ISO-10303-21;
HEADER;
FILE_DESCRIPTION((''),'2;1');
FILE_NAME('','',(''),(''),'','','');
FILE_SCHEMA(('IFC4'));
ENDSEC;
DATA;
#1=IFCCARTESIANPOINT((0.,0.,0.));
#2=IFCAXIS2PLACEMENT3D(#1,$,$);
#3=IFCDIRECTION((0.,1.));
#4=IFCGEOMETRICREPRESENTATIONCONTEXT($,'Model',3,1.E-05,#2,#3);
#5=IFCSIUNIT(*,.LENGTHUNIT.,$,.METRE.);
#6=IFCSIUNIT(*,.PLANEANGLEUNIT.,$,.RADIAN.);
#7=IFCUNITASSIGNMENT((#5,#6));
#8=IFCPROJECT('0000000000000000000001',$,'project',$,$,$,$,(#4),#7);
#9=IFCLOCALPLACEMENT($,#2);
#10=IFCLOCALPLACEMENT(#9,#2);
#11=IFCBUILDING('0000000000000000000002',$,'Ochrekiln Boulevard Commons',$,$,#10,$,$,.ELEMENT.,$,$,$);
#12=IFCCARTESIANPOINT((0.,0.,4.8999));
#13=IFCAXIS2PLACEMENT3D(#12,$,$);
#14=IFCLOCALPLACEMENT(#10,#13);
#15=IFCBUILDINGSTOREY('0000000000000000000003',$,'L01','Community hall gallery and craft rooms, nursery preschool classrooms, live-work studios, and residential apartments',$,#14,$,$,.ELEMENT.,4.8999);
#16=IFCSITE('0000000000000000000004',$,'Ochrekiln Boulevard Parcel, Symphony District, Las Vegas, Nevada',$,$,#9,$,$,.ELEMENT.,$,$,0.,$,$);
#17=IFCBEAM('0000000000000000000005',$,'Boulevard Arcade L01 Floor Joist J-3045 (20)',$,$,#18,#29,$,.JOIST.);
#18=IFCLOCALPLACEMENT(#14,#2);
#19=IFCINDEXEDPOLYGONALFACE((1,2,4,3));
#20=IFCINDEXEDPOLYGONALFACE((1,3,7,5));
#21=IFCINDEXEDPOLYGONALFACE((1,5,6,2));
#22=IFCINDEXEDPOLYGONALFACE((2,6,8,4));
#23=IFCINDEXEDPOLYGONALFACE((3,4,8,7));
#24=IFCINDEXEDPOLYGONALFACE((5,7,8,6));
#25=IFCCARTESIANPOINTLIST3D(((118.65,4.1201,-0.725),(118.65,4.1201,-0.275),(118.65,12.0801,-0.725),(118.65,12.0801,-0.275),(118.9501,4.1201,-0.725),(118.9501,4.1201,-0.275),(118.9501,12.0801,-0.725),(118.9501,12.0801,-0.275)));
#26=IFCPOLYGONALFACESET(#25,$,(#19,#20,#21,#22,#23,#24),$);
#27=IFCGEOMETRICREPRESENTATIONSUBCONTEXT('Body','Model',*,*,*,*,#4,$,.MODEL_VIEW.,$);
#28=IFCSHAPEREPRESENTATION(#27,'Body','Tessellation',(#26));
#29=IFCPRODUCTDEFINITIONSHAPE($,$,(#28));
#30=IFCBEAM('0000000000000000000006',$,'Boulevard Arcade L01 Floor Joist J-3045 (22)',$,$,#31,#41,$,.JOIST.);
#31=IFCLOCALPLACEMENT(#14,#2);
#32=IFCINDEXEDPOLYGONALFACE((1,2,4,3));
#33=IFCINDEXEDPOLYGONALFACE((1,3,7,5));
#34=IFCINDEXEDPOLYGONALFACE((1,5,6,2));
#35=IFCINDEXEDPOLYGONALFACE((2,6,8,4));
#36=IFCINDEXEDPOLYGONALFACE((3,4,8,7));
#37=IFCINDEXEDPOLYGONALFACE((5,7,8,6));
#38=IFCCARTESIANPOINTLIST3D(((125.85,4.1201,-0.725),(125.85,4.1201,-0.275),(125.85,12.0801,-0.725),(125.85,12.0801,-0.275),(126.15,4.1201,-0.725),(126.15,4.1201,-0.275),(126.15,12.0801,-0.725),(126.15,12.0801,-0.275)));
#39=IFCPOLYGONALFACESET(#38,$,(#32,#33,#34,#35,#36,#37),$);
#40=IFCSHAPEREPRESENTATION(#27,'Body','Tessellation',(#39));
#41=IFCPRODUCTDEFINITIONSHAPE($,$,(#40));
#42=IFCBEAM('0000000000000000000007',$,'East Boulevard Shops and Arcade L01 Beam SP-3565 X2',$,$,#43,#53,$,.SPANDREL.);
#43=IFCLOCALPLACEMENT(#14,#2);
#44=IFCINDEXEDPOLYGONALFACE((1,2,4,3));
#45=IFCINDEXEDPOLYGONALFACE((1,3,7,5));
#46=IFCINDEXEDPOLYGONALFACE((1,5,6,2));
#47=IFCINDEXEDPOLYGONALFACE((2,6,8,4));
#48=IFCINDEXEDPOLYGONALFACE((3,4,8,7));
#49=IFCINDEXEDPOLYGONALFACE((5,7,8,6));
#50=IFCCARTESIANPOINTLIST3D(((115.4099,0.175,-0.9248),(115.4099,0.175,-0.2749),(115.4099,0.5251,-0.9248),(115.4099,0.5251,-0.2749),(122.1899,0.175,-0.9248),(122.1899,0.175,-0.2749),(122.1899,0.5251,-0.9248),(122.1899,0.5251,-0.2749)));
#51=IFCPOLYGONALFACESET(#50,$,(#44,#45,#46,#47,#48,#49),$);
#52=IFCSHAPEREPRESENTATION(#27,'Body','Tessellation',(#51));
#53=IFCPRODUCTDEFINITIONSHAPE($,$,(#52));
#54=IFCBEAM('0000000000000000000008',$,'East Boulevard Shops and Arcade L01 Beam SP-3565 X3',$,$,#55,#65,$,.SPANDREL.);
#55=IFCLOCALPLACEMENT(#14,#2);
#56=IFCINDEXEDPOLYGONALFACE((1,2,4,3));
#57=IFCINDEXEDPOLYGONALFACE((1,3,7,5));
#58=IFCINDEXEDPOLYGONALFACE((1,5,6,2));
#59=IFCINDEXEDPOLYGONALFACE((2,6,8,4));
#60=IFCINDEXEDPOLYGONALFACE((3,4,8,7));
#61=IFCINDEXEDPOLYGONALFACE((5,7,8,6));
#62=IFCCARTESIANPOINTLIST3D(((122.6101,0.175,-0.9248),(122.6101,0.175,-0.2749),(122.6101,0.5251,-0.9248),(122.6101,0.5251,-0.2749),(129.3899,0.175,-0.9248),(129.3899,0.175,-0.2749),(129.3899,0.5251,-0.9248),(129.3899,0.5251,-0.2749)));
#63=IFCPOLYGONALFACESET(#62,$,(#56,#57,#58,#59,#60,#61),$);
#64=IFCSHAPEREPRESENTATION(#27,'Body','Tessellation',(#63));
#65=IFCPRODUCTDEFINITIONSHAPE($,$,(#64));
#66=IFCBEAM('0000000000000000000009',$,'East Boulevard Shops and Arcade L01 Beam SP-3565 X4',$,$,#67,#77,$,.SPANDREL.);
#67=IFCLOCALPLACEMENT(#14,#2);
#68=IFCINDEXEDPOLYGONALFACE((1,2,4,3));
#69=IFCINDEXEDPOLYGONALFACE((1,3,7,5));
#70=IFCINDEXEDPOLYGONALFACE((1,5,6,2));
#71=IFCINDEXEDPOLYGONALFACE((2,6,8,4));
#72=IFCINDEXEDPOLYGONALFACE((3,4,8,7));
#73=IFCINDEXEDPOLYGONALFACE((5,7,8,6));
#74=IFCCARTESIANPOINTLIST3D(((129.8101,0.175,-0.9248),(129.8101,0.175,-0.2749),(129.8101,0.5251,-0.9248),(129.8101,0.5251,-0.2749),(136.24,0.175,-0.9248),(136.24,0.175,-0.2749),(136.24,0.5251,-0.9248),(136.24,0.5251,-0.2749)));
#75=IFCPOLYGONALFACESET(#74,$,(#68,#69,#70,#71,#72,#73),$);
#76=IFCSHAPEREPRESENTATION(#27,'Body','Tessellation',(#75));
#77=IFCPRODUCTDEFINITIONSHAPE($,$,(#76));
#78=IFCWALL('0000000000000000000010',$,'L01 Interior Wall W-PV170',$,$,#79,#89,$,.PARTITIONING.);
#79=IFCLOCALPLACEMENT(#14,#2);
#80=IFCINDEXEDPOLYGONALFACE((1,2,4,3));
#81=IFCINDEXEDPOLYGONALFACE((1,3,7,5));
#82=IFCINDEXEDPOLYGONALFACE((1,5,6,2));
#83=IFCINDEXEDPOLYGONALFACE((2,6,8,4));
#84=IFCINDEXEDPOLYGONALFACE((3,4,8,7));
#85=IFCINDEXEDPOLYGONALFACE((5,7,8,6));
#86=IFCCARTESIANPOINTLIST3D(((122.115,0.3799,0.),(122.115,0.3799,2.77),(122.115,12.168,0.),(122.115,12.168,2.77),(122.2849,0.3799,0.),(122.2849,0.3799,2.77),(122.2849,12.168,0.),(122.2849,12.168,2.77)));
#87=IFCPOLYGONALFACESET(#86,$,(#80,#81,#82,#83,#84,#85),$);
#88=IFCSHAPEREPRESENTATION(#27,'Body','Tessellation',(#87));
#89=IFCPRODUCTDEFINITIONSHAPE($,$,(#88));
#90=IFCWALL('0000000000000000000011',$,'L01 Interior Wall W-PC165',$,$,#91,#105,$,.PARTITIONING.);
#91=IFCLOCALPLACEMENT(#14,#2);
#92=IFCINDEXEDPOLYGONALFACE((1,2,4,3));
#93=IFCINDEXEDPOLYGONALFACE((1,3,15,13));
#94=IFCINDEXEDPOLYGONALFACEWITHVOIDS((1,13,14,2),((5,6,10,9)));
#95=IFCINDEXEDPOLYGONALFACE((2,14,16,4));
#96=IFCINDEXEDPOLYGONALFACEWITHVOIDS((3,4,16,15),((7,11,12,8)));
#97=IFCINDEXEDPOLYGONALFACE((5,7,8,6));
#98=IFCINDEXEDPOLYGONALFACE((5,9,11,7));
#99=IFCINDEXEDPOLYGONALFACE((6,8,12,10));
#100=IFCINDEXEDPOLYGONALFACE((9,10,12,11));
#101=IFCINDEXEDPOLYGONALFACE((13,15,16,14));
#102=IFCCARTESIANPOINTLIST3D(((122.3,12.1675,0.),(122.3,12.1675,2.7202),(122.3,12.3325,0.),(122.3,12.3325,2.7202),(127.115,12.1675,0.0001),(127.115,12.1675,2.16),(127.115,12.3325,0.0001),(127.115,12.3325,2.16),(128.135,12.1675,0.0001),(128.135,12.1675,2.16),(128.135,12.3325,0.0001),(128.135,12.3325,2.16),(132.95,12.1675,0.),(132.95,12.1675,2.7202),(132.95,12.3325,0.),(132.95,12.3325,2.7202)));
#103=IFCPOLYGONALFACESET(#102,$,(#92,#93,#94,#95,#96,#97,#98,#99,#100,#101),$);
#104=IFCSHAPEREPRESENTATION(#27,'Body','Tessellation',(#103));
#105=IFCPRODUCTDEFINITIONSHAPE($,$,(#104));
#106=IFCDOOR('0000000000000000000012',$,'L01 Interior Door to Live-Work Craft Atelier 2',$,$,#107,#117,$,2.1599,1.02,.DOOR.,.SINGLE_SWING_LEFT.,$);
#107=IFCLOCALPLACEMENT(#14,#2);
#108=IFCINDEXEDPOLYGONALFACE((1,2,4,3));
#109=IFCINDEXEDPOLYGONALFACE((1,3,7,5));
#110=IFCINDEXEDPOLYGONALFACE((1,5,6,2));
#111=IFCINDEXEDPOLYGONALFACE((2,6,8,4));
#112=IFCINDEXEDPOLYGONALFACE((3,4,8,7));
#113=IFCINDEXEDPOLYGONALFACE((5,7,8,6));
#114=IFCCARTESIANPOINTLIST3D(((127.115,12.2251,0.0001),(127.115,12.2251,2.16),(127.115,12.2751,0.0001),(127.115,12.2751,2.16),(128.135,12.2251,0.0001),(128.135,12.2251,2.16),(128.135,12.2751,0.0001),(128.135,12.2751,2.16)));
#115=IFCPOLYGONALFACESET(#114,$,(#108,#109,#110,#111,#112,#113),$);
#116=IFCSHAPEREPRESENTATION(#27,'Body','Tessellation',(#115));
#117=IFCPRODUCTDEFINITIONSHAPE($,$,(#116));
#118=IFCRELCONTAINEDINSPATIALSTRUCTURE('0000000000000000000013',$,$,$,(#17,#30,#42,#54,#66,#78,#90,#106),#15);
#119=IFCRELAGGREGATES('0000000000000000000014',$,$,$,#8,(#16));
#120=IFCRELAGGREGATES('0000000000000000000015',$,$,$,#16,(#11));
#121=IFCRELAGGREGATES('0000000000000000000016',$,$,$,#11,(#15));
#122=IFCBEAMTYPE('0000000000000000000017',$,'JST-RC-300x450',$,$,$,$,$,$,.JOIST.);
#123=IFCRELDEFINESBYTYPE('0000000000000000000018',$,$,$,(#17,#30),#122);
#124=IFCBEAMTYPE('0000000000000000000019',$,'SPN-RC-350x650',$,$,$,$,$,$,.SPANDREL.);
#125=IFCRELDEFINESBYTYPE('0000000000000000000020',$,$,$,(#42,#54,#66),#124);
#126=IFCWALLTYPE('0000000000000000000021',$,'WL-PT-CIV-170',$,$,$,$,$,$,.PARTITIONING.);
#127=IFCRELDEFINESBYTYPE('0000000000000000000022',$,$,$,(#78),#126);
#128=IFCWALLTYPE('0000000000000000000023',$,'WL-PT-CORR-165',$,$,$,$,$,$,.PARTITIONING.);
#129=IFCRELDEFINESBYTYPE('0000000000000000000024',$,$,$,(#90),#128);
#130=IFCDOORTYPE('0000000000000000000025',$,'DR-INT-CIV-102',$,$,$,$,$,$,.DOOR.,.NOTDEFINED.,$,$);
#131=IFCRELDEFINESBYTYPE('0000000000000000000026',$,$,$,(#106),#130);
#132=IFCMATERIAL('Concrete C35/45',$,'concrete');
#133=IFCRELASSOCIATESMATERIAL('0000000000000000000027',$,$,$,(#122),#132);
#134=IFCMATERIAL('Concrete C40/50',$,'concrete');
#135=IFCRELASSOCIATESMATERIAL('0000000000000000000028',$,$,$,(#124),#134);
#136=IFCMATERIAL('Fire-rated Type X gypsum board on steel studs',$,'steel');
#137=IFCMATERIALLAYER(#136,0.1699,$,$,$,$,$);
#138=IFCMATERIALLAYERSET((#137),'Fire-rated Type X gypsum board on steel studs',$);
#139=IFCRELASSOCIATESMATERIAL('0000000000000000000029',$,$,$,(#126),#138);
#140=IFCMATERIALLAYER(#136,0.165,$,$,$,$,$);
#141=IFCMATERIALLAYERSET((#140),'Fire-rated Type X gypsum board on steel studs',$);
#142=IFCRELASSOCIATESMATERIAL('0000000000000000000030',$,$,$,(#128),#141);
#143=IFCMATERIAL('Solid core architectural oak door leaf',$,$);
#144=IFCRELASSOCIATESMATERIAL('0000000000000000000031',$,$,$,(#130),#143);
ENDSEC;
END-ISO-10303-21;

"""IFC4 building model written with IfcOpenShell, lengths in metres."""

from ifc_helpers import new_model, si_unit, direction, frame, frame_2d, origin, origin_2d, place, context, subcontext, project, spatial, rectangle, extrude, material, layer, layer_set, material_profile, profile_set, type_object, element, fill, save


model = new_model("IFC4")

# Units and contexts
model_context = context("Model", 3, precision=1e-05, world=origin(), true_north=direction((0.0, 1.0)))
body_context = subcontext(model_context, "Body", "Model", "MODEL_VIEW")
ifc_project = project(units=[si_unit("LENGTHUNIT", "METRE"), si_unit("PLANEANGLEUNIT", "RADIAN")], contexts=[model_context])

# Site, building, storey
site_placement = place(None, origin())
site = spatial("IfcSite", under=ifc_project, at=site_placement, Name="Ochrekiln Boulevard Parcel, Symphony District, Las Vegas, Nevada", CompositionType="ELEMENT", RefElevation=0.0)
building_placement = place(site_placement, origin())
building = spatial("IfcBuilding", under=site, at=building_placement, Name="Ochrekiln Boulevard Commons", CompositionType="ELEMENT")
storey_placement = place(building_placement, frame((0.0, 0.0, 4.8999)))
storey = spatial("IfcBuildingStorey", under=building, at=storey_placement, Name="L01", Description="Community hall gallery and craft rooms, nursery preschool classrooms, live-work studios, and residential apartments", CompositionType="ELEMENT", Elevation=4.8999)

# Shared definitions
ifc_material_1 = material(Name="Concrete C35/45", Category="concrete")
ifc_material_2 = material(Name="Concrete C40/50", Category="concrete")

# Beams
ifc_material_profile_1 = material_profile(ifc_material_1, rectangle(XDim=0.3, YDim=0.45, at=origin_2d()), Name="RC-JST-300x450")
ifc_profile_set_1 = profile_set([ifc_material_profile_1], Name="Concrete C35/45")
beam_type_1 = type_object("IfcBeamType", Name="JST-RC-300x450", PredefinedType="JOIST", material=ifc_profile_set_1)
for number, where, z_axis, x_axis, name in (
    (1, (118.8, 4.1201, -0.5), (0.0, 1.0, 0.0), (-1.0, 0.0, 0.0), "Boulevard Arcade L01 Floor Joist J-3045 (20)"),
    (2, (126.0, 4.1201, -0.5), (0.0, 1.0, 0.0), (-1.0, 0.0, 0.0), "Boulevard Arcade L01 Floor Joist J-3045 (22)"),
):
    element("IfcBeam", number, at=place(storey_placement, frame(where, z_axis=z_axis, x_axis=x_axis)), inside=storey, type_object=beam_type_1, Name=name, PredefinedType="JOIST", context=body_context, shape_type="SweptSolid", body=[
        extrude(rectangle(XDim=0.3, YDim=0.45, at=origin_2d()), origin(), (0.0, 0.0, 1.0), 7.96),
    ])
ifc_material_profile_2 = material_profile(ifc_material_2, rectangle(XDim=0.3501, YDim=0.6499, at=origin_2d()), Name="RC-SPN-350x650")
ifc_profile_set_2 = profile_set([ifc_material_profile_2], Name="Concrete C40/50")
beam_type_2 = type_object("IfcBeamType", Name="SPN-RC-350x650", PredefinedType="SPANDREL", material=ifc_profile_set_2)
beam_1_placement = place(storey_placement, frame((115.4099, 0.3501, -0.5999), z_axis=(1.0, 0.0, 0.0), x_axis=(0.0, 1.0, 0.0)))
element("IfcBeam", 3, at=beam_1_placement, inside=storey, type_object=beam_type_2, Name="East Boulevard Shops and Arcade L01 Beam SP-3565 X2", PredefinedType="SPANDREL", context=body_context, shape_type="SweptSolid", body=[
    extrude(rectangle(XDim=0.3501, YDim=0.6499, at=origin_2d()), origin(), (0.0, 0.0, 1.0), 6.78),
])
beam_2_placement = place(storey_placement, frame((122.6101, 0.3501, -0.5999), z_axis=(1.0, 0.0, 0.0), x_axis=(0.0, 1.0, 0.0)))
element("IfcBeam", 4, at=beam_2_placement, inside=storey, type_object=beam_type_2, Name="East Boulevard Shops and Arcade L01 Beam SP-3565 X3", PredefinedType="SPANDREL", context=body_context, shape_type="SweptSolid", body=[
    extrude(rectangle(XDim=0.3501, YDim=0.6499, at=origin_2d()), origin(), (0.0, 0.0, 1.0), 6.7798),
])
beam_3_placement = place(storey_placement, frame((129.8101, 0.3501, -0.5999), z_axis=(1.0, 0.0, 0.0), x_axis=(0.0, 1.0, 0.0)))
element("IfcBeam", 5, at=beam_3_placement, inside=storey, type_object=beam_type_2, Name="East Boulevard Shops and Arcade L01 Beam SP-3565 X4", PredefinedType="SPANDREL", context=body_context, shape_type="SweptSolid", body=[
    extrude(rectangle(XDim=0.3501, YDim=0.6499, at=origin_2d()), origin(), (0.0, 0.0, 1.0), 6.4299),
])

# Wall
ifc_material_3 = material(Name="Fire-rated Type X gypsum board on steel studs", Category="steel")
ifc_layer_1 = layer(ifc_material_3, 0.1699)
ifc_layer_set_1 = layer_set([ifc_layer_1], Name="Fire-rated Type X gypsum board on steel studs")
wall_type_1 = type_object("IfcWallType", Name="WL-PT-CIV-170", PredefinedType="PARTITIONING", material=ifc_layer_set_1)
wall_1_placement = place(storey_placement, frame((122.2, 0.3799, 0.0), z_axis=(0.0, 0.0, 1.0), x_axis=(0.0, 1.0, 0.0)))
element("IfcWall", 6, at=wall_1_placement, inside=storey, type_object=wall_type_1, Name="L01 Interior Wall W-PV170", PredefinedType="PARTITIONING", context=body_context, shape_type="SweptSolid", body=[
    extrude(rectangle(XDim=11.7881, YDim=0.1699, at=frame_2d((5.894, 0.0))), origin(), (0.0, 0.0, 1.0), 2.77),
])

# Wall, opening, door
ifc_layer_2 = layer(ifc_material_3, 0.165)
ifc_layer_set_2 = layer_set([ifc_layer_2], Name="Fire-rated Type X gypsum board on steel studs")
wall_type_2 = type_object("IfcWallType", Name="WL-PT-CORR-165", PredefinedType="PARTITIONING", material=ifc_layer_set_2)
wall_2_placement = place(storey_placement, frame((122.3, 12.25, 0.0), z_axis=(0.0, 0.0, 1.0), x_axis=(1.0, 0.0, 0.0)))
wall_2 = element("IfcWall", 7, at=wall_2_placement, inside=storey, type_object=wall_type_2, Name="L01 Interior Wall W-PC165", PredefinedType="PARTITIONING", context=body_context, shape_type="SweptSolid", body=[
    extrude(rectangle(XDim=10.6499, YDim=0.165, at=frame_2d((5.325, 0.0))), origin(), (0.0, 0.0, 1.0), 2.7202),
])
opening_placement = place(wall_2_placement, frame((4.8149, 0.0, 0.0)))
opening = element("IfcOpeningElement", 8, at=opening_placement, cuts=wall_2, PredefinedType="OPENING", context=body_context, shape_type="SweptSolid", body=[
    extrude(rectangle(XDim=1.02, YDim=2.1599, at=frame_2d((0.51, 1.0801))), frame((0.0, 0.0925, 0.0), z_axis=(0.0, -1.0, 0.0), x_axis=(1.0, 0.0, 0.0)), (0.0, 0.0, 1.0), 0.1851),
])
ifc_material_4 = material(Name="Solid core architectural oak door leaf")
door_type = type_object("IfcDoorType", Name="DR-INT-CIV-102", OperationType="NOTDEFINED", PredefinedType="DOOR", material=ifc_material_4)
door_placement = place(opening_placement, frame((1.02, 0.0, 0.0), z_axis=(0.0, 0.0, 1.0), x_axis=(-1.0, 0.0, 0.0)))
door = element("IfcDoor", 9, at=door_placement, inside=storey, type_object=door_type, Name="L01 Interior Door to Live-Work Craft Atelier 2", OperationType="SINGLE_SWING_LEFT", OverallHeight=2.1599, OverallWidth=1.02, PredefinedType="DOOR", context=body_context, shape_type="SweptSolid", body=[
    extrude(rectangle(XDim=1.02, YDim=2.1599, at=frame_2d((0.51, 1.0801))), frame((0.0, 0.0249, 0.0), z_axis=(0.0, -1.0, 0.0), x_axis=(1.0, 0.0, 0.0)), (0.0, 0.0, 1.0), 0.05),
])
fill(opening, door)

save(model, "model.ifc")
